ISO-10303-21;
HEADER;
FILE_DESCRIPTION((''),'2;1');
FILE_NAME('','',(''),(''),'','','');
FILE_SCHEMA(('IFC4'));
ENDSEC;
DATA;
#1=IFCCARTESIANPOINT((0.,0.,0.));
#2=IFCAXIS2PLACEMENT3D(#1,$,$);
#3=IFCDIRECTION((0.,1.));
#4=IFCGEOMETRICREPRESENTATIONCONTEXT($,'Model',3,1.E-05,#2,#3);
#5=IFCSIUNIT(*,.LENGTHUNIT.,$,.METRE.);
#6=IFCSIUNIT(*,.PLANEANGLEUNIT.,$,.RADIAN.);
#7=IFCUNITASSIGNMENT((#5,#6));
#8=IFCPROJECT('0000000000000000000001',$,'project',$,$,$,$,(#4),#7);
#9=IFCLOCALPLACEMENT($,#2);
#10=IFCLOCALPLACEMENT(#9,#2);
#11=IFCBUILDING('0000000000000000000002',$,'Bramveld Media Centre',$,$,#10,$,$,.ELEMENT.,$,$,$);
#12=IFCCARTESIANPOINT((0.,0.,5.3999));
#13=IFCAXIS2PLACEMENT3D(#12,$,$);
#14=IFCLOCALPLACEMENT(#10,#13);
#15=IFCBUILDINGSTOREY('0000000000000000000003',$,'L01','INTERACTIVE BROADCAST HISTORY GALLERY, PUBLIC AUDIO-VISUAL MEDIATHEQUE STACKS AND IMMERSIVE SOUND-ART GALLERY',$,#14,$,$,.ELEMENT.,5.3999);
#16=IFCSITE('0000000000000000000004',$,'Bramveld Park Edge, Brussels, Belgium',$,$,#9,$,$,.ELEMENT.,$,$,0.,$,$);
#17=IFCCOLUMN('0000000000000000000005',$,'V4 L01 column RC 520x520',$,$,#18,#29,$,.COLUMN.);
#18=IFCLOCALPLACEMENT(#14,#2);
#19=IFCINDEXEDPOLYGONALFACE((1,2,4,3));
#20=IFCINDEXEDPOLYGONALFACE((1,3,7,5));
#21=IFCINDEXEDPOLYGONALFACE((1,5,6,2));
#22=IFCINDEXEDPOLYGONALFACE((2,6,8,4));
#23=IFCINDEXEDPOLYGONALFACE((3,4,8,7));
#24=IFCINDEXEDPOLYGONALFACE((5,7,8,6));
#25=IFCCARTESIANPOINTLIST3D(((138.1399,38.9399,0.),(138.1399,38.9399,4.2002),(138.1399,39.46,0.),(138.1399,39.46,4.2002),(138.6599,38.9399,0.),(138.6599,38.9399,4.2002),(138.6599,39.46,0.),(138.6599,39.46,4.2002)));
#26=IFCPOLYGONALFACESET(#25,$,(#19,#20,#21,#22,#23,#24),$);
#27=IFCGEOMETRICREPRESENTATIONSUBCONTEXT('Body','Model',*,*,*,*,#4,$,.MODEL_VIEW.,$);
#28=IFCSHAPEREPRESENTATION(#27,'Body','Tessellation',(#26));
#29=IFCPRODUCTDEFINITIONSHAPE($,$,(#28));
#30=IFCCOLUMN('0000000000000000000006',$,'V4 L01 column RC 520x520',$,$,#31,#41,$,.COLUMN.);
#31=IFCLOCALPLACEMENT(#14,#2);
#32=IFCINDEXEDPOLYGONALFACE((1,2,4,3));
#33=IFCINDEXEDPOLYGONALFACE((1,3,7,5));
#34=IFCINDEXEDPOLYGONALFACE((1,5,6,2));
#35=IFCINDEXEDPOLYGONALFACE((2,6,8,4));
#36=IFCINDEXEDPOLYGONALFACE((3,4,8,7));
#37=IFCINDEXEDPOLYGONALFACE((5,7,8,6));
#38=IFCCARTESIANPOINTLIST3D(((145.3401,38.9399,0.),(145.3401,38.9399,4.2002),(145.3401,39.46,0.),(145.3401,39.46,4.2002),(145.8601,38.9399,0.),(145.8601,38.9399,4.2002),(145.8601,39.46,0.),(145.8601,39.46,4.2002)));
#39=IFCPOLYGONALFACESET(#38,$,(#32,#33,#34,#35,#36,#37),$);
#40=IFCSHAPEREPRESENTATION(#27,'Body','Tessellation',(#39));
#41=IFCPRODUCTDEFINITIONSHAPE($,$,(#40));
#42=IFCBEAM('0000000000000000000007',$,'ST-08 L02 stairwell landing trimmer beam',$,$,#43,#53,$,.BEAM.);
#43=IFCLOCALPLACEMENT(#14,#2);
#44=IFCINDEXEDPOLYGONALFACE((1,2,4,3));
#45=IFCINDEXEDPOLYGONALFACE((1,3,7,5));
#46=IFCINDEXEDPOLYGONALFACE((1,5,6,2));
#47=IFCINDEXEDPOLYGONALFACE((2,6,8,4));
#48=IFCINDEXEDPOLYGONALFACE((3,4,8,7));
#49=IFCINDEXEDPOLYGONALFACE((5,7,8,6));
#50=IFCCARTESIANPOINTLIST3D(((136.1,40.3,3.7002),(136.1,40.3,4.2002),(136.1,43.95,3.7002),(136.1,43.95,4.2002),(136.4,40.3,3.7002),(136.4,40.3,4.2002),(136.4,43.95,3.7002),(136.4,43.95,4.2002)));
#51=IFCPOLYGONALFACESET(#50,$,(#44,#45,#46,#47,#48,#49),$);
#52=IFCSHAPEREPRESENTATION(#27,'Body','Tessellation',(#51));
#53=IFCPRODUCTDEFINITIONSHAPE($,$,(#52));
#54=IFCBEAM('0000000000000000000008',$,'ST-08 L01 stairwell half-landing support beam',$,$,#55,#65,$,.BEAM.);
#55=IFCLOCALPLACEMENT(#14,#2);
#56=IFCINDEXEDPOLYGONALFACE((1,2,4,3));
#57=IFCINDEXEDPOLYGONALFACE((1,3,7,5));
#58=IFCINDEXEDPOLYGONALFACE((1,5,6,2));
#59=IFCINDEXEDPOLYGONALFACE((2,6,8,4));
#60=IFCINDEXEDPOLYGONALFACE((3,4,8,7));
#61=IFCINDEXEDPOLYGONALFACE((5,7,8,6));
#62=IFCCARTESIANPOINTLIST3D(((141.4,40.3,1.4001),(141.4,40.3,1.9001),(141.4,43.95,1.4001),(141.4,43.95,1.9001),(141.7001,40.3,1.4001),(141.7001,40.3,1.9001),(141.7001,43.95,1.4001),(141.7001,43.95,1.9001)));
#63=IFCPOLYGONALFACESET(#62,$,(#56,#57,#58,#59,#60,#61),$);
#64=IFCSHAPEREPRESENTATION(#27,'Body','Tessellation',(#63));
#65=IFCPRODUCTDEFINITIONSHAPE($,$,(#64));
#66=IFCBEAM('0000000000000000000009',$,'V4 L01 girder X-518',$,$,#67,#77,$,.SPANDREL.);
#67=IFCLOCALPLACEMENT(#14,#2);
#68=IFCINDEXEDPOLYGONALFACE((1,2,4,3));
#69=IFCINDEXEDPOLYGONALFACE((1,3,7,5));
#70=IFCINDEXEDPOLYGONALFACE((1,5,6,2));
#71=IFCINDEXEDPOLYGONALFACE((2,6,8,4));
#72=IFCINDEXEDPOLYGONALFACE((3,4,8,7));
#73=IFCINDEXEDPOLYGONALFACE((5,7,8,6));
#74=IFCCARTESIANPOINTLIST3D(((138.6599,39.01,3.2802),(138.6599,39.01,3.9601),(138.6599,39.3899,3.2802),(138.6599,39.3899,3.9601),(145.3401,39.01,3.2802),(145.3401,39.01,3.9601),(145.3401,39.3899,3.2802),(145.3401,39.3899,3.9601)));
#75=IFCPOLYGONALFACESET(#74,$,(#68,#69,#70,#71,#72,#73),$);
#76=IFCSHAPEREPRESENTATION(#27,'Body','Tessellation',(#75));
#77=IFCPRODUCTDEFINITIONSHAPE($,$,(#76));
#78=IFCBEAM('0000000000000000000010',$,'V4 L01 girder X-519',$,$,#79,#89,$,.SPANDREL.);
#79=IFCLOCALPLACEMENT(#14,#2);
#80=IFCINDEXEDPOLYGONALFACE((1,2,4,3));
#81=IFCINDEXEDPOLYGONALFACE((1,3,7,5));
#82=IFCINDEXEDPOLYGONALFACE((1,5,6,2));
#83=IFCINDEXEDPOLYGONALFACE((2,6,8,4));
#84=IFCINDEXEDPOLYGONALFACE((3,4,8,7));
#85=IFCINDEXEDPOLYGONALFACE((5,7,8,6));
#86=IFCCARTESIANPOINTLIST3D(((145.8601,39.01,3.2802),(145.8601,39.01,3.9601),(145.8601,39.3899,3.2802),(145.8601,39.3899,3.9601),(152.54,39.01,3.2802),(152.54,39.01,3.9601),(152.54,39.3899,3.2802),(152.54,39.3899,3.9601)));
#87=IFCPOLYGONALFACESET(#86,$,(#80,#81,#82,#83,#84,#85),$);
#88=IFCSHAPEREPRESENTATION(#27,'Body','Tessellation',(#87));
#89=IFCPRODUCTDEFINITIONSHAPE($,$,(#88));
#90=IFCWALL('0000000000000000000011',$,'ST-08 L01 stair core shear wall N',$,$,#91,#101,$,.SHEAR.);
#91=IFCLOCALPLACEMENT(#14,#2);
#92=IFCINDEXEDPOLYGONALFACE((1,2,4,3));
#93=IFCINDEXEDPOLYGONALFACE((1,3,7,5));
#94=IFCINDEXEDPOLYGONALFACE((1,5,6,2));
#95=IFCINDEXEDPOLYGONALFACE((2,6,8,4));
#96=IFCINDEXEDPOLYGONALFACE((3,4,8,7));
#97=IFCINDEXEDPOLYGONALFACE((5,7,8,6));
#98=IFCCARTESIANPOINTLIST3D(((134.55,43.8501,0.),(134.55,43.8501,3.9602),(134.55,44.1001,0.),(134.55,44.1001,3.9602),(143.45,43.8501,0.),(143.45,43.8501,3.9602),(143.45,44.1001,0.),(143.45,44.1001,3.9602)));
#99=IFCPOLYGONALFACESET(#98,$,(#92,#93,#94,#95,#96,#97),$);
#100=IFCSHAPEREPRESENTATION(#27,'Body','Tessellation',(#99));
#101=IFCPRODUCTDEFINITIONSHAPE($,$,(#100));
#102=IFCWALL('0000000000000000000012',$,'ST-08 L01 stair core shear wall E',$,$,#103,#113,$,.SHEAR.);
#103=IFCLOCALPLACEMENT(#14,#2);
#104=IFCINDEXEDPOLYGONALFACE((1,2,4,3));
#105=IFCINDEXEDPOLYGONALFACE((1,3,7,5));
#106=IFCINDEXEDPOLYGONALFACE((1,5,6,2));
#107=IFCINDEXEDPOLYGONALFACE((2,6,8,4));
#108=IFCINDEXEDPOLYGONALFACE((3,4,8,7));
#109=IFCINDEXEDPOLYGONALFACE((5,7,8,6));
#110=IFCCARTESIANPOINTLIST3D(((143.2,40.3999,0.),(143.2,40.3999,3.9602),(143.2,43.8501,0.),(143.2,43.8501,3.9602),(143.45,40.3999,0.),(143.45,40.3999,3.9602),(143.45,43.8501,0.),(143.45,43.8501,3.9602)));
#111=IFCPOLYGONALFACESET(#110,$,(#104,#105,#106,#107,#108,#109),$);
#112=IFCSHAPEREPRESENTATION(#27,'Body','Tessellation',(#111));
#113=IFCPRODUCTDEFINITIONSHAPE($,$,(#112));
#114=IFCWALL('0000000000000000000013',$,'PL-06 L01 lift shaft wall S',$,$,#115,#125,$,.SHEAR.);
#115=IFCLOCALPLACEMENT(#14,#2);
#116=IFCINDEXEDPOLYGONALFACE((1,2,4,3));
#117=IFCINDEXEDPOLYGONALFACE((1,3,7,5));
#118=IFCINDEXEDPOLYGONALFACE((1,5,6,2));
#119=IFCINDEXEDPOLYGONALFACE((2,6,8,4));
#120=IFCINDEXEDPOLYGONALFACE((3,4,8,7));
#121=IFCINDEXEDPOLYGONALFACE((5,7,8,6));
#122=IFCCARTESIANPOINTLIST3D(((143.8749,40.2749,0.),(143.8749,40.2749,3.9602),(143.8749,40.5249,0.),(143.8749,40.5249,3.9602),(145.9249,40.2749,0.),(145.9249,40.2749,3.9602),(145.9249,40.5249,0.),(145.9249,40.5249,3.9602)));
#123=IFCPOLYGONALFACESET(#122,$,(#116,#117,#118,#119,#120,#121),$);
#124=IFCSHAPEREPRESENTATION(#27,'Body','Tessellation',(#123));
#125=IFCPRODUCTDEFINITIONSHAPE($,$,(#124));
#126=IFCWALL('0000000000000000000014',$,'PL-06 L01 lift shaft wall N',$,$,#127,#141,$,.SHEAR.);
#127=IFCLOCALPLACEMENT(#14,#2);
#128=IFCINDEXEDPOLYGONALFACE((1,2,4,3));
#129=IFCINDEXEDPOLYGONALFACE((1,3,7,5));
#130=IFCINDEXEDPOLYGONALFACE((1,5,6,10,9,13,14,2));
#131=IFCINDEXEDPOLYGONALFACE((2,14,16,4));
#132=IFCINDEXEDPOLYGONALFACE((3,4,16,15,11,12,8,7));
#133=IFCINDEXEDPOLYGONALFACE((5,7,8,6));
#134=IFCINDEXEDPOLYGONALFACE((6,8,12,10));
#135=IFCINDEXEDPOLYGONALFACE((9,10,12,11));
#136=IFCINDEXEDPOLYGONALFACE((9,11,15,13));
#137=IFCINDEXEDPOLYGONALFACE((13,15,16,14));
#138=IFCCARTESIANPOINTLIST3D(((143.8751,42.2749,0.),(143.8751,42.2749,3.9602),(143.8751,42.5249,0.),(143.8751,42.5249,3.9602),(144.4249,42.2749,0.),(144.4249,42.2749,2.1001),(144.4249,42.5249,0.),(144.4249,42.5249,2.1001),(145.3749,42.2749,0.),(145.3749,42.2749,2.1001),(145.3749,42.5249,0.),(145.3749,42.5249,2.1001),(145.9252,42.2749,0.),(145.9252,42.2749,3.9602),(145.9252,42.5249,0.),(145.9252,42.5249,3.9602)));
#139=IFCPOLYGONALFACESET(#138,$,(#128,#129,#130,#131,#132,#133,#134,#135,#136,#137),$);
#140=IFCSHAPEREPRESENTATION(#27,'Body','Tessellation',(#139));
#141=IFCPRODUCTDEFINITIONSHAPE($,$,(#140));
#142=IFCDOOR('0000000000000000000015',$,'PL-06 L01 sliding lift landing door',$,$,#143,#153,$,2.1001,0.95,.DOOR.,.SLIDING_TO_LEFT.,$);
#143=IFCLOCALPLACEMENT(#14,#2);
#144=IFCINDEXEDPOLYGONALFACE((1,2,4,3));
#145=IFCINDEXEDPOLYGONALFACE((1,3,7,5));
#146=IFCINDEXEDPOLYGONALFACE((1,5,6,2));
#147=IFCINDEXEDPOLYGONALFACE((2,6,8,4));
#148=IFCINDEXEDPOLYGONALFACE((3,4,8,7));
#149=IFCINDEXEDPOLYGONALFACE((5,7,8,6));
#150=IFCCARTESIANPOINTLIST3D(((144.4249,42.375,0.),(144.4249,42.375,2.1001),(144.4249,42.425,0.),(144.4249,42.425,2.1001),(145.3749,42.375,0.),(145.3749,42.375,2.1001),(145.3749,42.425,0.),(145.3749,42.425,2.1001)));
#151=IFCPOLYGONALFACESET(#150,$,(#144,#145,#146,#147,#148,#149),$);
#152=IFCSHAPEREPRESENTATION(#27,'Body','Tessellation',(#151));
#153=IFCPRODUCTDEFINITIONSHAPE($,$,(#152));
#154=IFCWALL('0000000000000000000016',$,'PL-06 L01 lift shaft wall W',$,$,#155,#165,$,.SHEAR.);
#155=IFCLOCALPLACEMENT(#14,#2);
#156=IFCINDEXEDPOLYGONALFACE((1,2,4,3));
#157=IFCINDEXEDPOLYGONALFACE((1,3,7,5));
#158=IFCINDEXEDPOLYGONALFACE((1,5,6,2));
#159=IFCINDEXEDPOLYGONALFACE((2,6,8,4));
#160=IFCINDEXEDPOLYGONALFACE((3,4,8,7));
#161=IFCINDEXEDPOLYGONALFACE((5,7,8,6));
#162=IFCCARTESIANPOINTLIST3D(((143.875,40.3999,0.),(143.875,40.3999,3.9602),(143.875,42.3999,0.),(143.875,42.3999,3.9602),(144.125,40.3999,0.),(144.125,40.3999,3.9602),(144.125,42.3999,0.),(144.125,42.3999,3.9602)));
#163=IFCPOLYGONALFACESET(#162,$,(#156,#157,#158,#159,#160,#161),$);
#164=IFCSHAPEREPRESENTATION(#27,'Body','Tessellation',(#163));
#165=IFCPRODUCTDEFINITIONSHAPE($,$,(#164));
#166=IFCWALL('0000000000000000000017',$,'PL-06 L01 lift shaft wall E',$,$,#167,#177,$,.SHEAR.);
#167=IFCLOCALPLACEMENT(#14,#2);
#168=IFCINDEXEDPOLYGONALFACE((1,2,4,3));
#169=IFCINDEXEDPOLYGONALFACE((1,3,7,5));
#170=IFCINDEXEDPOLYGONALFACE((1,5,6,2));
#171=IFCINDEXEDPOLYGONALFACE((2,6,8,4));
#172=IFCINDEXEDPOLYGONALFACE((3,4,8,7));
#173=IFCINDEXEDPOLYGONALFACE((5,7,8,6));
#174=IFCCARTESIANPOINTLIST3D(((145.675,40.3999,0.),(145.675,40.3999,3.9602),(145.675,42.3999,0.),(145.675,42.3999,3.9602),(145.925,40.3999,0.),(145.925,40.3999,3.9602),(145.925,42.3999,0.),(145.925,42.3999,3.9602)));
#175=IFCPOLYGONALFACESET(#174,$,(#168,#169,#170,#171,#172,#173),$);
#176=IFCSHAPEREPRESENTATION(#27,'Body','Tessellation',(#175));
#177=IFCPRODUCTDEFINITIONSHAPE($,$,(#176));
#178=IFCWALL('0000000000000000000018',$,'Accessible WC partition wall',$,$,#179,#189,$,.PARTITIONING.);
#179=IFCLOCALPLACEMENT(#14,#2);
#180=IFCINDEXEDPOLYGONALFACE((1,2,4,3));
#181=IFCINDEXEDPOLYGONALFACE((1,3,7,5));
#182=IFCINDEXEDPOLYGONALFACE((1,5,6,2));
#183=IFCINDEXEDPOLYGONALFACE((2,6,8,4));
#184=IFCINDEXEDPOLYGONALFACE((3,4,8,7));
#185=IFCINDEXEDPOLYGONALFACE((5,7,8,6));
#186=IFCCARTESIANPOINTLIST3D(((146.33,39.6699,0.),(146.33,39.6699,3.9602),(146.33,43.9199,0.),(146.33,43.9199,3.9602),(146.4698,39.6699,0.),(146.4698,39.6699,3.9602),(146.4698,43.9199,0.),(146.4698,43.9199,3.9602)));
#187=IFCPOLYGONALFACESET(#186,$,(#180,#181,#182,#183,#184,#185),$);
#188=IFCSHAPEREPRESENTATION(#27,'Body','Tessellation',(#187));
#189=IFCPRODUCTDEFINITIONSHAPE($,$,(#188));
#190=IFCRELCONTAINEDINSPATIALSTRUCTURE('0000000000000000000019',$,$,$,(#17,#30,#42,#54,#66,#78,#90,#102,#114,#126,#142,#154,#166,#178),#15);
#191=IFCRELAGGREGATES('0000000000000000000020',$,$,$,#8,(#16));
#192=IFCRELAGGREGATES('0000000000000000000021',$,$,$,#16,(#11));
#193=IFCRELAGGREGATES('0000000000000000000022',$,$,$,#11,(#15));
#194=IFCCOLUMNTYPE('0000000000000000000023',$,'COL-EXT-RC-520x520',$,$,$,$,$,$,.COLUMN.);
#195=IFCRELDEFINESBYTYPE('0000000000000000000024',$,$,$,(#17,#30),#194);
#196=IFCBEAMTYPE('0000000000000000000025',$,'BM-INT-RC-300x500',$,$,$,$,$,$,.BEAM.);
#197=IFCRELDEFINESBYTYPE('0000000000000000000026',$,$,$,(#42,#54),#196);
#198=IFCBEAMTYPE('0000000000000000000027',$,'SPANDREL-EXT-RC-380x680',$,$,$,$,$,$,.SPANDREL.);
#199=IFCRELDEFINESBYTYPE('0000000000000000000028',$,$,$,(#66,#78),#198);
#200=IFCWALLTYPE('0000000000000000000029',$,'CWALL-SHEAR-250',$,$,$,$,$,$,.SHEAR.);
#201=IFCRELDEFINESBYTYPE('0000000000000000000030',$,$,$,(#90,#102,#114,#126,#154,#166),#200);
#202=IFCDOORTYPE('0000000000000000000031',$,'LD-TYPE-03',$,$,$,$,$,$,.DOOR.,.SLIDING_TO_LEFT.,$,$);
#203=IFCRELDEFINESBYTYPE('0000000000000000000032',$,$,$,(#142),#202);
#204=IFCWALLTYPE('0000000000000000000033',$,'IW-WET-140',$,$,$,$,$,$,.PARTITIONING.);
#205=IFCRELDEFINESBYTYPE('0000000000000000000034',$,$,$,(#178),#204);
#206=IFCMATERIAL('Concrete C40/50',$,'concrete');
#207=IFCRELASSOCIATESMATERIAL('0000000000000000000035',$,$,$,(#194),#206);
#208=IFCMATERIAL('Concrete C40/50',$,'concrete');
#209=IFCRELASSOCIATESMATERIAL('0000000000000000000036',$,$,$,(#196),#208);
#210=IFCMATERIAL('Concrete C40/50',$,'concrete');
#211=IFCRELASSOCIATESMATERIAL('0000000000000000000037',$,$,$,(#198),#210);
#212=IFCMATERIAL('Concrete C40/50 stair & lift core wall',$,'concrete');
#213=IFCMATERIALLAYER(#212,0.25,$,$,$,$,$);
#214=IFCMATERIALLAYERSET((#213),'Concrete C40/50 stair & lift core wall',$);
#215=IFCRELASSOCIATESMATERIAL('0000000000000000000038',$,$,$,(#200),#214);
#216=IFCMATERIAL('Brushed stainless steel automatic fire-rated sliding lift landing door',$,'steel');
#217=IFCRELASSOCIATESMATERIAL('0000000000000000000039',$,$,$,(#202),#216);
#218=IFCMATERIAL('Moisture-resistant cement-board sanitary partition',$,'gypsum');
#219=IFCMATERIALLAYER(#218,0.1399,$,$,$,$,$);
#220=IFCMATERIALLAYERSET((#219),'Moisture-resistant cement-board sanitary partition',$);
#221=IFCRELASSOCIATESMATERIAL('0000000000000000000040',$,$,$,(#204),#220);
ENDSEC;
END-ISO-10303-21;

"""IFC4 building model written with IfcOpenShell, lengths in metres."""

from ifc_helpers import new_model, si_unit, direction, frame, frame_2d, origin, origin_2d, place, context, subcontext, project, spatial, rectangle, extrude, material, layer, layer_set, material_profile, profile_set, type_object, element, fill, save


model = new_model("IFC4")

# Units and contexts
model_context = context("Model", 3, precision=1e-05, world=origin(), true_north=direction((0.0, 1.0)))
body_context = subcontext(model_context, "Body", "Model", "MODEL_VIEW")
ifc_project = project(units=[si_unit("LENGTHUNIT", "METRE"), si_unit("PLANEANGLEUNIT", "RADIAN")], contexts=[model_context])

# Site, building, storey
site_placement = place(None, origin())
site = spatial("IfcSite", under=ifc_project, at=site_placement, Name="Bramveld Park Edge, Brussels, Belgium", CompositionType="ELEMENT", RefElevation=0.0)
building_placement = place(site_placement, origin())
building = spatial("IfcBuilding", under=site, at=building_placement, Name="Bramveld Media Centre", CompositionType="ELEMENT")
storey_placement = place(building_placement, frame((0.0, 0.0, 5.3999)))
storey = spatial("IfcBuildingStorey", under=building, at=storey_placement, Name="L01", Description="INTERACTIVE BROADCAST HISTORY GALLERY, PUBLIC AUDIO-VISUAL MEDIATHEQUE STACKS AND IMMERSIVE SOUND-ART GALLERY", CompositionType="ELEMENT", Elevation=5.3999)

# Columns
ifc_material_1 = material(Name="Concrete C40/50", Category="concrete")
ifc_material_profile_1 = material_profile(ifc_material_1, rectangle(XDim=0.52, YDim=0.52, at=origin_2d()), Name="RC 520x520")
ifc_profile_set_1 = profile_set([ifc_material_profile_1], Name="Concrete C40/50")
column_type = type_object("IfcColumnType", Name="COL-EXT-RC-520x520", PredefinedType="COLUMN", material=ifc_profile_set_1)
for number, where, z_axis, x_axis, name in (
    (1, (138.3999, 39.2, 0.0), (0.0, 0.0, 1.0), (1.0, 0.0, 0.0), "V4 L01 column RC 520x520"),
    (2, (145.6001, 39.2, 0.0), (0.0, 0.0, 1.0), (1.0, 0.0, 0.0), "V4 L01 column RC 520x520"),
):
    element("IfcColumn", number, at=place(storey_placement, frame(where, z_axis=z_axis, x_axis=x_axis)), inside=storey, type_object=column_type, Name=name, PredefinedType="COLUMN", context=body_context, shape_type="SweptSolid", body=[
        extrude(rectangle(XDim=0.52, YDim=0.52, at=origin_2d()), origin(), (0.0, 0.0, 1.0), 4.2002),
    ])

# Beams
ifc_material_2 = material(Name="Concrete C40/50", Category="concrete")
ifc_material_profile_2 = material_profile(ifc_material_2, rectangle(XDim=0.3, YDim=0.5, at=origin_2d()), Name="RC 300x500")
ifc_profile_set_2 = profile_set([ifc_material_profile_2], Name="Concrete C40/50")
beam_type_1 = type_object("IfcBeamType", Name="BM-INT-RC-300x500", PredefinedType="BEAM", material=ifc_profile_set_2)
for number, where, z_axis, x_axis, name in (
    (3, (136.25, 40.3, 3.9502), (0.0, 1.0, 0.0), (-1.0, 0.0, 0.0), "ST-08 L02 stairwell landing trimmer beam"),
    (4, (141.55, 40.3, 1.6501), (0.0, 1.0, 0.0), (-1.0, 0.0, 0.0), "ST-08 L01 stairwell half-landing support beam"),
):
    element("IfcBeam", number, at=place(storey_placement, frame(where, z_axis=z_axis, x_axis=x_axis)), inside=storey, type_object=beam_type_1, Name=name, PredefinedType="BEAM", context=body_context, shape_type="SweptSolid", body=[
        extrude(rectangle(XDim=0.3, YDim=0.5, at=origin_2d()), origin(), (0.0, 0.0, 1.0), 3.6499),
    ])
ifc_material_3 = material(Name="Concrete C40/50", Category="concrete")
ifc_material_profile_3 = material_profile(ifc_material_3, rectangle(XDim=0.3799, YDim=0.6799, at=origin_2d()), Name="RC 380x680")
ifc_profile_set_3 = profile_set([ifc_material_profile_3], Name="Concrete C40/50")
beam_type_2 = type_object("IfcBeamType", Name="SPANDREL-EXT-RC-380x680", PredefinedType="SPANDREL", material=ifc_profile_set_3)
beam_1_placement = place(storey_placement, frame((138.6599, 39.2, 3.6201), z_axis=(1.0, 0.0, 0.0), x_axis=(0.0, 1.0, 0.0)))
element("IfcBeam", 5, at=beam_1_placement, inside=storey, type_object=beam_type_2, Name="V4 L01 girder X-518", PredefinedType="SPANDREL", context=body_context, shape_type="SweptSolid", body=[
    extrude(rectangle(XDim=0.3799, YDim=0.6799, at=origin_2d()), origin(), (0.0, 0.0, 1.0), 6.6802),
])
beam_2_placement = place(storey_placement, frame((145.8601, 39.2, 3.6201), z_axis=(1.0, 0.0, 0.0), x_axis=(0.0, 1.0, 0.0)))
element("IfcBeam", 6, at=beam_2_placement, inside=storey, type_object=beam_type_2, Name="V4 L01 girder X-519", PredefinedType="SPANDREL", context=body_context, shape_type="SweptSolid", body=[
    extrude(rectangle(XDim=0.3799, YDim=0.6799, at=origin_2d()), origin(), (0.0, 0.0, 1.0), 6.6799),
])

# Walls
ifc_material_4 = material(Name="Concrete C40/50 stair & lift core wall", Category="concrete")
ifc_layer_1 = layer(ifc_material_4, 0.25)
ifc_layer_set_1 = layer_set([ifc_layer_1], Name="Concrete C40/50 stair & lift core wall")
wall_type_1 = type_object("IfcWallType", Name="CWALL-SHEAR-250", PredefinedType="SHEAR", material=ifc_layer_set_1)
wall_1_placement = place(storey_placement, frame((143.45, 43.9751, 0.0), z_axis=(0.0, 0.0, 1.0), x_axis=(-1.0, 0.0, 0.0)))
element("IfcWall", 7, at=wall_1_placement, inside=storey, type_object=wall_type_1, Name="ST-08 L01 stair core shear wall N", PredefinedType="SHEAR", context=body_context, shape_type="SweptSolid", body=[
    extrude(rectangle(XDim=8.8999, YDim=0.25, at=frame_2d((4.45, 0.0))), origin(), (0.0, 0.0, 1.0), 3.9602),
])
wall_2_placement = place(storey_placement, frame((143.325, 40.3999, 0.0), z_axis=(0.0, 0.0, 1.0), x_axis=(0.0, 1.0, 0.0)))
element("IfcWall", 8, at=wall_2_placement, inside=storey, type_object=wall_type_1, Name="ST-08 L01 stair core shear wall E", PredefinedType="SHEAR", context=body_context, shape_type="SweptSolid", body=[
    extrude(rectangle(XDim=3.4502, YDim=0.25, at=frame_2d((1.7251, 0.0))), origin(), (0.0, 0.0, 1.0), 3.9602),
])
wall_3_placement = place(storey_placement, frame((143.875, 40.3999, 0.0), z_axis=(0.0, 0.0, 1.0), x_axis=(1.0, 0.0, 0.0)))
element("IfcWall", 9, at=wall_3_placement, inside=storey, type_object=wall_type_1, Name="PL-06 L01 lift shaft wall S", PredefinedType="SHEAR", context=body_context, shape_type="SweptSolid", body=[
    extrude(rectangle(XDim=2.05, YDim=0.25, at=frame_2d((1.0249, 0.0))), origin(), (0.0, 0.0, 1.0), 3.9602),
])

# Wall, opening, door
wall_4_placement = place(storey_placement, frame((145.925, 42.3999, 0.0), z_axis=(0.0, 0.0, 1.0), x_axis=(-1.0, 0.0, 0.0)))
wall_4 = element("IfcWall", 10, at=wall_4_placement, inside=storey, type_object=wall_type_1, Name="PL-06 L01 lift shaft wall N", PredefinedType="SHEAR", context=body_context, shape_type="SweptSolid", body=[
    extrude(rectangle(XDim=2.05, YDim=0.25, at=frame_2d((1.0249, 0.0))), origin(), (0.0, 0.0, 1.0), 3.9602),
])
opening_placement = place(wall_4_placement, frame((0.55, 0.0, 0.0)))
opening = element("IfcOpeningElement", 11, at=opening_placement, cuts=wall_4, PredefinedType="OPENING", context=body_context, shape_type="SweptSolid", body=[
    extrude(rectangle(XDim=0.95, YDim=2.1001, at=frame_2d((0.4751, 1.05))), frame((0.0, 0.137, 0.0), z_axis=(0.0, -1.0, 0.0), x_axis=(1.0, 0.0, 0.0)), (0.0, 0.0, 1.0), 0.2739),
])
ifc_material_5 = material(Name="Brushed stainless steel automatic fire-rated sliding lift landing door", Category="steel")
door_type = type_object("IfcDoorType", Name="LD-TYPE-03", OperationType="SLIDING_TO_LEFT", PredefinedType="DOOR", material=ifc_material_5)
door_placement = place(opening_placement, origin())
door = element("IfcDoor", 12, at=door_placement, inside=storey, type_object=door_type, Name="PL-06 L01 sliding lift landing door", OperationType="SLIDING_TO_LEFT", OverallHeight=2.1001, OverallWidth=0.95, PredefinedType="DOOR", context=body_context, shape_type="SweptSolid", body=[
    extrude(rectangle(XDim=0.95, YDim=2.1001, at=frame_2d((0.4751, 1.05))), frame((0.0, 0.0249, 0.0), z_axis=(0.0, -1.0, 0.0), x_axis=(1.0, 0.0, 0.0)), (0.0, 0.0, 1.0), 0.05),
])
fill(opening, door)

# Walls
for number, where, z_axis, x_axis, name in (
    (13, (144.0, 42.3999, 0.0), (0.0, 0.0, 1.0), (0.0, -1.0, 0.0), "PL-06 L01 lift shaft wall W"),
    (14, (145.8, 40.3999, 0.0), (0.0, 0.0, 1.0), (0.0, 1.0, 0.0), "PL-06 L01 lift shaft wall E"),
):
    element("IfcWall", number, at=place(storey_placement, frame(where, z_axis=z_axis, x_axis=x_axis)), inside=storey, type_object=wall_type_1, Name=name, PredefinedType="SHEAR", context=body_context, shape_type="SweptSolid", body=[
        extrude(rectangle(XDim=2.0, YDim=0.25, at=frame_2d((1.0, 0.0))), origin(), (0.0, 0.0, 1.0), 3.9602),
    ])
ifc_material_6 = material(Name="Moisture-resistant cement-board sanitary partition", Category="gypsum")
ifc_layer_2 = layer(ifc_material_6, 0.1399)
ifc_layer_set_2 = layer_set([ifc_layer_2], Name="Moisture-resistant cement-board sanitary partition")
wall_type_2 = type_object("IfcWallType", Name="IW-WET-140", PredefinedType="PARTITIONING", material=ifc_layer_set_2)
wall_5_placement = place(storey_placement, frame((146.3999, 39.6699, 0.0), z_axis=(0.0, 0.0, 1.0), x_axis=(0.0, 1.0, 0.0)))
element("IfcWall", 15, at=wall_5_placement, inside=storey, type_object=wall_type_2, Name="Accessible WC partition wall", PredefinedType="PARTITIONING", context=body_context, shape_type="SweptSolid", body=[
    extrude(rectangle(XDim=4.25, YDim=0.1399, at=frame_2d((2.125, 0.0))), origin(), (0.0, 0.0, 1.0), 3.9602),
])

save(model, "model.ifc")
